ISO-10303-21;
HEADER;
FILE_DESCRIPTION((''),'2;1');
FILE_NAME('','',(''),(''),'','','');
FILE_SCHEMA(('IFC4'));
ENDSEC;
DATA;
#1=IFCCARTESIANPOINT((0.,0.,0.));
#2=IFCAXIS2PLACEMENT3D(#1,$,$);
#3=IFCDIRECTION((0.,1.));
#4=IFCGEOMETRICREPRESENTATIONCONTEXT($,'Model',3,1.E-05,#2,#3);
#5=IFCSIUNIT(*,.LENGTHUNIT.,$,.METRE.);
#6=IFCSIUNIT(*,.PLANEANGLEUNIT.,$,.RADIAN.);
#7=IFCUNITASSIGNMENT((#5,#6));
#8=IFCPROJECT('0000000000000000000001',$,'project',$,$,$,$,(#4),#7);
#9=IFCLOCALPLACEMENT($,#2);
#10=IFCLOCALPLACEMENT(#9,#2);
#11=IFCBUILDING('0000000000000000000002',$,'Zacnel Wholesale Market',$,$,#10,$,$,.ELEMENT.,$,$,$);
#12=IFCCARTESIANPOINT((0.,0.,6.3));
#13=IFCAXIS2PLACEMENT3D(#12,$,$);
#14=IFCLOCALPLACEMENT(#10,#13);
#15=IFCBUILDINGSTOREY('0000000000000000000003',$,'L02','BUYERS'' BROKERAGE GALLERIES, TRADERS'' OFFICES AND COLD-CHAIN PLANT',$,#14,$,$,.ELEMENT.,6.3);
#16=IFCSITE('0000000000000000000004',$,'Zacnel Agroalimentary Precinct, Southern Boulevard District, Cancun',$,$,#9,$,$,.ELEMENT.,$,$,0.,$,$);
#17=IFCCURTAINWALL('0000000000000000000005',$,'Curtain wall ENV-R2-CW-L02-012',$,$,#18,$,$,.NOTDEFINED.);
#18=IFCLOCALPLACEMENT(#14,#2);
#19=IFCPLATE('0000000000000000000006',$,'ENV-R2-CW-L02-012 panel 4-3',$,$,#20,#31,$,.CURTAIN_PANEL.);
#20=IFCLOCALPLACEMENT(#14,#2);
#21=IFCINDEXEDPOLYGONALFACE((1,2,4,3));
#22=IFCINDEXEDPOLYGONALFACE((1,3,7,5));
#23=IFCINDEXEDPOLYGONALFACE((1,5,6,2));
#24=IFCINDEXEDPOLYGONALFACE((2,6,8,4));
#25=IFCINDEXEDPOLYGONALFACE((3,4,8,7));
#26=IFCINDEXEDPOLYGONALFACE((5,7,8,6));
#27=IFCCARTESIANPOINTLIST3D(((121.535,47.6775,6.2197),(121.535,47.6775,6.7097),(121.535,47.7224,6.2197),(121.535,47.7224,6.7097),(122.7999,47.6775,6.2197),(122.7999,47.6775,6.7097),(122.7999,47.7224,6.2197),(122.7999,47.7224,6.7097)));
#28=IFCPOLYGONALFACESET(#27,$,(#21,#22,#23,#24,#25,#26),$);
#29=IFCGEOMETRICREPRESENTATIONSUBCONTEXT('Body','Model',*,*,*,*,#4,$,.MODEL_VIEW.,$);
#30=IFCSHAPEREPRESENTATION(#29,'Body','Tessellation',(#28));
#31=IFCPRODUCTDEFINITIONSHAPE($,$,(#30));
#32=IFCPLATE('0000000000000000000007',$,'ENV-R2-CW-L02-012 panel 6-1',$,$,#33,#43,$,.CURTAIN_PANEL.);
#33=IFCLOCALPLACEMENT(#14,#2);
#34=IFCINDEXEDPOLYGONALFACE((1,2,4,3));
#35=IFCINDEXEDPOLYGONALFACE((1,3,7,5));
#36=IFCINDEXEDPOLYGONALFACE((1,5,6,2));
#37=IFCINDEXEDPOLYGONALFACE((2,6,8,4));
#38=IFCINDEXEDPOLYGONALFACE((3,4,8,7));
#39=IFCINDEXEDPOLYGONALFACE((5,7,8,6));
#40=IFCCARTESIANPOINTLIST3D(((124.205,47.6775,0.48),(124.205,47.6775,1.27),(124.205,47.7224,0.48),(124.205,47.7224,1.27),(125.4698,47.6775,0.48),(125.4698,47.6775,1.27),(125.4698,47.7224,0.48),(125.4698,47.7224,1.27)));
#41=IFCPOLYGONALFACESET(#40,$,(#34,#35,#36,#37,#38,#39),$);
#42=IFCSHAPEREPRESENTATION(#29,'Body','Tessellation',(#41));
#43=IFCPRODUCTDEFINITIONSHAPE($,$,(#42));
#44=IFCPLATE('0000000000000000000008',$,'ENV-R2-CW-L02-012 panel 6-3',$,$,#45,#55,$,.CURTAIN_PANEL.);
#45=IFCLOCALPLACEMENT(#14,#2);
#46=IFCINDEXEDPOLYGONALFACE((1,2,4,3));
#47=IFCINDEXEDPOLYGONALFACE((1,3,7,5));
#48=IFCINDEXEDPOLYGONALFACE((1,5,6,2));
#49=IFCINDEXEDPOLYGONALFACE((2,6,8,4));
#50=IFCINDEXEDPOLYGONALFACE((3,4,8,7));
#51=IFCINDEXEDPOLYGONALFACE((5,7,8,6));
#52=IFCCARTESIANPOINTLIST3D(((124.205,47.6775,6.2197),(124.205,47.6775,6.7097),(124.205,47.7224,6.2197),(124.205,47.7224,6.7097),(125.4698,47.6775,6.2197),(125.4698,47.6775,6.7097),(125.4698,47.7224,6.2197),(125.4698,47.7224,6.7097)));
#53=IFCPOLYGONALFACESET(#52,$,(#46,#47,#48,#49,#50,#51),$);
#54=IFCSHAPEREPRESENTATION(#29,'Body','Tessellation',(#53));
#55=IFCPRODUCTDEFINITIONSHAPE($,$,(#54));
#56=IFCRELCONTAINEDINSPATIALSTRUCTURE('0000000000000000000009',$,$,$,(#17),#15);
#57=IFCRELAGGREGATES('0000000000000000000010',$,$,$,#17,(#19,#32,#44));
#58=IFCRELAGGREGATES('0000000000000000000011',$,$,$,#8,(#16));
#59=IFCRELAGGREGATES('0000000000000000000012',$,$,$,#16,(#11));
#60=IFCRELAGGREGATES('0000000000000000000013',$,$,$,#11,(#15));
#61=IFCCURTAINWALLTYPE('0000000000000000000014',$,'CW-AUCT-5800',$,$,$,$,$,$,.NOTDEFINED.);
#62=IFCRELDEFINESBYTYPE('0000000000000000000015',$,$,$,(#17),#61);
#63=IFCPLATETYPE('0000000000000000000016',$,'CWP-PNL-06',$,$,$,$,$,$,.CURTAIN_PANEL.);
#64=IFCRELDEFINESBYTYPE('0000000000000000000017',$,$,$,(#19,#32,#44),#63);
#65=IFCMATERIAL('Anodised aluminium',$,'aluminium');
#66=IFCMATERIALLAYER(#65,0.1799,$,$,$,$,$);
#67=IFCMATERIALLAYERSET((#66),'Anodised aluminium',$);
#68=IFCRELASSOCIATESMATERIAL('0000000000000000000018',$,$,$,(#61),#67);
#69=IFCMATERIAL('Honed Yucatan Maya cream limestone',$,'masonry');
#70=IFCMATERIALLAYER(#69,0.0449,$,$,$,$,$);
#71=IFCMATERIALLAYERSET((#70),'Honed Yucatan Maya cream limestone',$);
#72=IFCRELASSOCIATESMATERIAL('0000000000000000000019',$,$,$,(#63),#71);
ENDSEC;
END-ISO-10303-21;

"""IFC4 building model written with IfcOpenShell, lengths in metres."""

from ifc_helpers import new_model, si_unit, direction, frame, origin, origin_2d, place, context, subcontext, project, spatial, rectangle, extrude, material, layer, layer_set, type_object, element, aggregate, save


model = new_model("IFC4")

# Units and contexts
model_context = context("Model", 3, precision=1e-05, world=origin(), true_north=direction((0.0, 1.0)))
body_context = subcontext(model_context, "Body", "Model", "MODEL_VIEW")
ifc_project = project(units=[si_unit("LENGTHUNIT", "METRE"), si_unit("PLANEANGLEUNIT", "RADIAN")], contexts=[model_context])

# Site, building, storey
site_placement = place(None, origin())
site = spatial("IfcSite", under=ifc_project, at=site_placement, Name="Zacnel Agroalimentary Precinct, Southern Boulevard District, Cancun", CompositionType="ELEMENT", RefElevation=0.0)
building_placement = place(site_placement, origin())
building = spatial("IfcBuilding", under=site, at=building_placement, Name="Zacnel Wholesale Market", CompositionType="ELEMENT")
storey_placement = place(building_placement, frame((0.0, 0.0, 6.3)))
storey = spatial("IfcBuildingStorey", under=building, at=storey_placement, Name="L02", Description="BUYERS' BROKERAGE GALLERIES, TRADERS' OFFICES AND COLD-CHAIN PLANT", CompositionType="ELEMENT", Elevation=6.3)

# Curtain wall, plates
ifc_material_1 = material(Name="Anodised aluminium", Category="aluminium")
ifc_layer_1 = layer(ifc_material_1, 0.1799)
ifc_layer_set_1 = layer_set([ifc_layer_1], Name="Anodised aluminium")
curtain_wall_type = type_object("IfcCurtainWallType", Name="CW-AUCT-5800", PredefinedType="NOTDEFINED", material=ifc_layer_set_1)
curtain_wall_placement = place(storey_placement, origin())
curtain_wall = element("IfcCurtainWall", 1, at=curtain_wall_placement, inside=storey, type_object=curtain_wall_type, Name="Curtain wall ENV-R2-CW-L02-012", PredefinedType="NOTDEFINED")
ifc_material_2 = material(Name="Honed Yucatan Maya cream limestone", Category="masonry")
ifc_layer_2 = layer(ifc_material_2, 0.0449)
ifc_layer_set_2 = layer_set([ifc_layer_2], Name="Honed Yucatan Maya cream limestone")
plate_type_1 = type_object("IfcPlateType", Name="CWP-PNL-06", PredefinedType="CURTAIN_PANEL", material=ifc_layer_set_2)
plate_1_placement = place(storey_placement, frame((122.1675, 47.7, 6.2197), z_axis=(0.0, 0.0, 1.0), x_axis=(1.0, 0.0, 0.0)))
plate_1 = element("IfcPlate", 2, at=plate_1_placement, type_object=plate_type_1, Name="ENV-R2-CW-L02-012 panel 4-3", PredefinedType="CURTAIN_PANEL", context=body_context, shape_type="SweptSolid", body=[
    extrude(rectangle(XDim=1.2649, YDim=0.0449, at=origin_2d()), origin(), (0.0, 0.0, 1.0), 0.49),
])
plate_2_placement = place(storey_placement, frame((124.8374, 47.7, 0.48), z_axis=(0.0, 0.0, 1.0), x_axis=(1.0, 0.0, 0.0)))
plate_2 = element("IfcPlate", 3, at=plate_2_placement, type_object=plate_type_1, Name="ENV-R2-CW-L02-012 panel 6-1", PredefinedType="CURTAIN_PANEL", context=body_context, shape_type="SweptSolid", body=[
    extrude(rectangle(XDim=1.2649, YDim=0.0449, at=origin_2d()), origin(), (0.0, 0.0, 1.0), 0.79),
])
plate_3_placement = place(storey_placement, frame((124.8374, 47.7, 6.2197), z_axis=(0.0, 0.0, 1.0), x_axis=(1.0, 0.0, 0.0)))
plate_3 = element("IfcPlate", 4, at=plate_3_placement, type_object=plate_type_1, Name="ENV-R2-CW-L02-012 panel 6-3", PredefinedType="CURTAIN_PANEL", context=body_context, shape_type="SweptSolid", body=[
    extrude(rectangle(XDim=1.2649, YDim=0.0449, at=origin_2d()), origin(), (0.0, 0.0, 1.0), 0.49),
])
aggregate(curtain_wall, [plate_1, plate_2, plate_3])

save(model, "model.ifc")
